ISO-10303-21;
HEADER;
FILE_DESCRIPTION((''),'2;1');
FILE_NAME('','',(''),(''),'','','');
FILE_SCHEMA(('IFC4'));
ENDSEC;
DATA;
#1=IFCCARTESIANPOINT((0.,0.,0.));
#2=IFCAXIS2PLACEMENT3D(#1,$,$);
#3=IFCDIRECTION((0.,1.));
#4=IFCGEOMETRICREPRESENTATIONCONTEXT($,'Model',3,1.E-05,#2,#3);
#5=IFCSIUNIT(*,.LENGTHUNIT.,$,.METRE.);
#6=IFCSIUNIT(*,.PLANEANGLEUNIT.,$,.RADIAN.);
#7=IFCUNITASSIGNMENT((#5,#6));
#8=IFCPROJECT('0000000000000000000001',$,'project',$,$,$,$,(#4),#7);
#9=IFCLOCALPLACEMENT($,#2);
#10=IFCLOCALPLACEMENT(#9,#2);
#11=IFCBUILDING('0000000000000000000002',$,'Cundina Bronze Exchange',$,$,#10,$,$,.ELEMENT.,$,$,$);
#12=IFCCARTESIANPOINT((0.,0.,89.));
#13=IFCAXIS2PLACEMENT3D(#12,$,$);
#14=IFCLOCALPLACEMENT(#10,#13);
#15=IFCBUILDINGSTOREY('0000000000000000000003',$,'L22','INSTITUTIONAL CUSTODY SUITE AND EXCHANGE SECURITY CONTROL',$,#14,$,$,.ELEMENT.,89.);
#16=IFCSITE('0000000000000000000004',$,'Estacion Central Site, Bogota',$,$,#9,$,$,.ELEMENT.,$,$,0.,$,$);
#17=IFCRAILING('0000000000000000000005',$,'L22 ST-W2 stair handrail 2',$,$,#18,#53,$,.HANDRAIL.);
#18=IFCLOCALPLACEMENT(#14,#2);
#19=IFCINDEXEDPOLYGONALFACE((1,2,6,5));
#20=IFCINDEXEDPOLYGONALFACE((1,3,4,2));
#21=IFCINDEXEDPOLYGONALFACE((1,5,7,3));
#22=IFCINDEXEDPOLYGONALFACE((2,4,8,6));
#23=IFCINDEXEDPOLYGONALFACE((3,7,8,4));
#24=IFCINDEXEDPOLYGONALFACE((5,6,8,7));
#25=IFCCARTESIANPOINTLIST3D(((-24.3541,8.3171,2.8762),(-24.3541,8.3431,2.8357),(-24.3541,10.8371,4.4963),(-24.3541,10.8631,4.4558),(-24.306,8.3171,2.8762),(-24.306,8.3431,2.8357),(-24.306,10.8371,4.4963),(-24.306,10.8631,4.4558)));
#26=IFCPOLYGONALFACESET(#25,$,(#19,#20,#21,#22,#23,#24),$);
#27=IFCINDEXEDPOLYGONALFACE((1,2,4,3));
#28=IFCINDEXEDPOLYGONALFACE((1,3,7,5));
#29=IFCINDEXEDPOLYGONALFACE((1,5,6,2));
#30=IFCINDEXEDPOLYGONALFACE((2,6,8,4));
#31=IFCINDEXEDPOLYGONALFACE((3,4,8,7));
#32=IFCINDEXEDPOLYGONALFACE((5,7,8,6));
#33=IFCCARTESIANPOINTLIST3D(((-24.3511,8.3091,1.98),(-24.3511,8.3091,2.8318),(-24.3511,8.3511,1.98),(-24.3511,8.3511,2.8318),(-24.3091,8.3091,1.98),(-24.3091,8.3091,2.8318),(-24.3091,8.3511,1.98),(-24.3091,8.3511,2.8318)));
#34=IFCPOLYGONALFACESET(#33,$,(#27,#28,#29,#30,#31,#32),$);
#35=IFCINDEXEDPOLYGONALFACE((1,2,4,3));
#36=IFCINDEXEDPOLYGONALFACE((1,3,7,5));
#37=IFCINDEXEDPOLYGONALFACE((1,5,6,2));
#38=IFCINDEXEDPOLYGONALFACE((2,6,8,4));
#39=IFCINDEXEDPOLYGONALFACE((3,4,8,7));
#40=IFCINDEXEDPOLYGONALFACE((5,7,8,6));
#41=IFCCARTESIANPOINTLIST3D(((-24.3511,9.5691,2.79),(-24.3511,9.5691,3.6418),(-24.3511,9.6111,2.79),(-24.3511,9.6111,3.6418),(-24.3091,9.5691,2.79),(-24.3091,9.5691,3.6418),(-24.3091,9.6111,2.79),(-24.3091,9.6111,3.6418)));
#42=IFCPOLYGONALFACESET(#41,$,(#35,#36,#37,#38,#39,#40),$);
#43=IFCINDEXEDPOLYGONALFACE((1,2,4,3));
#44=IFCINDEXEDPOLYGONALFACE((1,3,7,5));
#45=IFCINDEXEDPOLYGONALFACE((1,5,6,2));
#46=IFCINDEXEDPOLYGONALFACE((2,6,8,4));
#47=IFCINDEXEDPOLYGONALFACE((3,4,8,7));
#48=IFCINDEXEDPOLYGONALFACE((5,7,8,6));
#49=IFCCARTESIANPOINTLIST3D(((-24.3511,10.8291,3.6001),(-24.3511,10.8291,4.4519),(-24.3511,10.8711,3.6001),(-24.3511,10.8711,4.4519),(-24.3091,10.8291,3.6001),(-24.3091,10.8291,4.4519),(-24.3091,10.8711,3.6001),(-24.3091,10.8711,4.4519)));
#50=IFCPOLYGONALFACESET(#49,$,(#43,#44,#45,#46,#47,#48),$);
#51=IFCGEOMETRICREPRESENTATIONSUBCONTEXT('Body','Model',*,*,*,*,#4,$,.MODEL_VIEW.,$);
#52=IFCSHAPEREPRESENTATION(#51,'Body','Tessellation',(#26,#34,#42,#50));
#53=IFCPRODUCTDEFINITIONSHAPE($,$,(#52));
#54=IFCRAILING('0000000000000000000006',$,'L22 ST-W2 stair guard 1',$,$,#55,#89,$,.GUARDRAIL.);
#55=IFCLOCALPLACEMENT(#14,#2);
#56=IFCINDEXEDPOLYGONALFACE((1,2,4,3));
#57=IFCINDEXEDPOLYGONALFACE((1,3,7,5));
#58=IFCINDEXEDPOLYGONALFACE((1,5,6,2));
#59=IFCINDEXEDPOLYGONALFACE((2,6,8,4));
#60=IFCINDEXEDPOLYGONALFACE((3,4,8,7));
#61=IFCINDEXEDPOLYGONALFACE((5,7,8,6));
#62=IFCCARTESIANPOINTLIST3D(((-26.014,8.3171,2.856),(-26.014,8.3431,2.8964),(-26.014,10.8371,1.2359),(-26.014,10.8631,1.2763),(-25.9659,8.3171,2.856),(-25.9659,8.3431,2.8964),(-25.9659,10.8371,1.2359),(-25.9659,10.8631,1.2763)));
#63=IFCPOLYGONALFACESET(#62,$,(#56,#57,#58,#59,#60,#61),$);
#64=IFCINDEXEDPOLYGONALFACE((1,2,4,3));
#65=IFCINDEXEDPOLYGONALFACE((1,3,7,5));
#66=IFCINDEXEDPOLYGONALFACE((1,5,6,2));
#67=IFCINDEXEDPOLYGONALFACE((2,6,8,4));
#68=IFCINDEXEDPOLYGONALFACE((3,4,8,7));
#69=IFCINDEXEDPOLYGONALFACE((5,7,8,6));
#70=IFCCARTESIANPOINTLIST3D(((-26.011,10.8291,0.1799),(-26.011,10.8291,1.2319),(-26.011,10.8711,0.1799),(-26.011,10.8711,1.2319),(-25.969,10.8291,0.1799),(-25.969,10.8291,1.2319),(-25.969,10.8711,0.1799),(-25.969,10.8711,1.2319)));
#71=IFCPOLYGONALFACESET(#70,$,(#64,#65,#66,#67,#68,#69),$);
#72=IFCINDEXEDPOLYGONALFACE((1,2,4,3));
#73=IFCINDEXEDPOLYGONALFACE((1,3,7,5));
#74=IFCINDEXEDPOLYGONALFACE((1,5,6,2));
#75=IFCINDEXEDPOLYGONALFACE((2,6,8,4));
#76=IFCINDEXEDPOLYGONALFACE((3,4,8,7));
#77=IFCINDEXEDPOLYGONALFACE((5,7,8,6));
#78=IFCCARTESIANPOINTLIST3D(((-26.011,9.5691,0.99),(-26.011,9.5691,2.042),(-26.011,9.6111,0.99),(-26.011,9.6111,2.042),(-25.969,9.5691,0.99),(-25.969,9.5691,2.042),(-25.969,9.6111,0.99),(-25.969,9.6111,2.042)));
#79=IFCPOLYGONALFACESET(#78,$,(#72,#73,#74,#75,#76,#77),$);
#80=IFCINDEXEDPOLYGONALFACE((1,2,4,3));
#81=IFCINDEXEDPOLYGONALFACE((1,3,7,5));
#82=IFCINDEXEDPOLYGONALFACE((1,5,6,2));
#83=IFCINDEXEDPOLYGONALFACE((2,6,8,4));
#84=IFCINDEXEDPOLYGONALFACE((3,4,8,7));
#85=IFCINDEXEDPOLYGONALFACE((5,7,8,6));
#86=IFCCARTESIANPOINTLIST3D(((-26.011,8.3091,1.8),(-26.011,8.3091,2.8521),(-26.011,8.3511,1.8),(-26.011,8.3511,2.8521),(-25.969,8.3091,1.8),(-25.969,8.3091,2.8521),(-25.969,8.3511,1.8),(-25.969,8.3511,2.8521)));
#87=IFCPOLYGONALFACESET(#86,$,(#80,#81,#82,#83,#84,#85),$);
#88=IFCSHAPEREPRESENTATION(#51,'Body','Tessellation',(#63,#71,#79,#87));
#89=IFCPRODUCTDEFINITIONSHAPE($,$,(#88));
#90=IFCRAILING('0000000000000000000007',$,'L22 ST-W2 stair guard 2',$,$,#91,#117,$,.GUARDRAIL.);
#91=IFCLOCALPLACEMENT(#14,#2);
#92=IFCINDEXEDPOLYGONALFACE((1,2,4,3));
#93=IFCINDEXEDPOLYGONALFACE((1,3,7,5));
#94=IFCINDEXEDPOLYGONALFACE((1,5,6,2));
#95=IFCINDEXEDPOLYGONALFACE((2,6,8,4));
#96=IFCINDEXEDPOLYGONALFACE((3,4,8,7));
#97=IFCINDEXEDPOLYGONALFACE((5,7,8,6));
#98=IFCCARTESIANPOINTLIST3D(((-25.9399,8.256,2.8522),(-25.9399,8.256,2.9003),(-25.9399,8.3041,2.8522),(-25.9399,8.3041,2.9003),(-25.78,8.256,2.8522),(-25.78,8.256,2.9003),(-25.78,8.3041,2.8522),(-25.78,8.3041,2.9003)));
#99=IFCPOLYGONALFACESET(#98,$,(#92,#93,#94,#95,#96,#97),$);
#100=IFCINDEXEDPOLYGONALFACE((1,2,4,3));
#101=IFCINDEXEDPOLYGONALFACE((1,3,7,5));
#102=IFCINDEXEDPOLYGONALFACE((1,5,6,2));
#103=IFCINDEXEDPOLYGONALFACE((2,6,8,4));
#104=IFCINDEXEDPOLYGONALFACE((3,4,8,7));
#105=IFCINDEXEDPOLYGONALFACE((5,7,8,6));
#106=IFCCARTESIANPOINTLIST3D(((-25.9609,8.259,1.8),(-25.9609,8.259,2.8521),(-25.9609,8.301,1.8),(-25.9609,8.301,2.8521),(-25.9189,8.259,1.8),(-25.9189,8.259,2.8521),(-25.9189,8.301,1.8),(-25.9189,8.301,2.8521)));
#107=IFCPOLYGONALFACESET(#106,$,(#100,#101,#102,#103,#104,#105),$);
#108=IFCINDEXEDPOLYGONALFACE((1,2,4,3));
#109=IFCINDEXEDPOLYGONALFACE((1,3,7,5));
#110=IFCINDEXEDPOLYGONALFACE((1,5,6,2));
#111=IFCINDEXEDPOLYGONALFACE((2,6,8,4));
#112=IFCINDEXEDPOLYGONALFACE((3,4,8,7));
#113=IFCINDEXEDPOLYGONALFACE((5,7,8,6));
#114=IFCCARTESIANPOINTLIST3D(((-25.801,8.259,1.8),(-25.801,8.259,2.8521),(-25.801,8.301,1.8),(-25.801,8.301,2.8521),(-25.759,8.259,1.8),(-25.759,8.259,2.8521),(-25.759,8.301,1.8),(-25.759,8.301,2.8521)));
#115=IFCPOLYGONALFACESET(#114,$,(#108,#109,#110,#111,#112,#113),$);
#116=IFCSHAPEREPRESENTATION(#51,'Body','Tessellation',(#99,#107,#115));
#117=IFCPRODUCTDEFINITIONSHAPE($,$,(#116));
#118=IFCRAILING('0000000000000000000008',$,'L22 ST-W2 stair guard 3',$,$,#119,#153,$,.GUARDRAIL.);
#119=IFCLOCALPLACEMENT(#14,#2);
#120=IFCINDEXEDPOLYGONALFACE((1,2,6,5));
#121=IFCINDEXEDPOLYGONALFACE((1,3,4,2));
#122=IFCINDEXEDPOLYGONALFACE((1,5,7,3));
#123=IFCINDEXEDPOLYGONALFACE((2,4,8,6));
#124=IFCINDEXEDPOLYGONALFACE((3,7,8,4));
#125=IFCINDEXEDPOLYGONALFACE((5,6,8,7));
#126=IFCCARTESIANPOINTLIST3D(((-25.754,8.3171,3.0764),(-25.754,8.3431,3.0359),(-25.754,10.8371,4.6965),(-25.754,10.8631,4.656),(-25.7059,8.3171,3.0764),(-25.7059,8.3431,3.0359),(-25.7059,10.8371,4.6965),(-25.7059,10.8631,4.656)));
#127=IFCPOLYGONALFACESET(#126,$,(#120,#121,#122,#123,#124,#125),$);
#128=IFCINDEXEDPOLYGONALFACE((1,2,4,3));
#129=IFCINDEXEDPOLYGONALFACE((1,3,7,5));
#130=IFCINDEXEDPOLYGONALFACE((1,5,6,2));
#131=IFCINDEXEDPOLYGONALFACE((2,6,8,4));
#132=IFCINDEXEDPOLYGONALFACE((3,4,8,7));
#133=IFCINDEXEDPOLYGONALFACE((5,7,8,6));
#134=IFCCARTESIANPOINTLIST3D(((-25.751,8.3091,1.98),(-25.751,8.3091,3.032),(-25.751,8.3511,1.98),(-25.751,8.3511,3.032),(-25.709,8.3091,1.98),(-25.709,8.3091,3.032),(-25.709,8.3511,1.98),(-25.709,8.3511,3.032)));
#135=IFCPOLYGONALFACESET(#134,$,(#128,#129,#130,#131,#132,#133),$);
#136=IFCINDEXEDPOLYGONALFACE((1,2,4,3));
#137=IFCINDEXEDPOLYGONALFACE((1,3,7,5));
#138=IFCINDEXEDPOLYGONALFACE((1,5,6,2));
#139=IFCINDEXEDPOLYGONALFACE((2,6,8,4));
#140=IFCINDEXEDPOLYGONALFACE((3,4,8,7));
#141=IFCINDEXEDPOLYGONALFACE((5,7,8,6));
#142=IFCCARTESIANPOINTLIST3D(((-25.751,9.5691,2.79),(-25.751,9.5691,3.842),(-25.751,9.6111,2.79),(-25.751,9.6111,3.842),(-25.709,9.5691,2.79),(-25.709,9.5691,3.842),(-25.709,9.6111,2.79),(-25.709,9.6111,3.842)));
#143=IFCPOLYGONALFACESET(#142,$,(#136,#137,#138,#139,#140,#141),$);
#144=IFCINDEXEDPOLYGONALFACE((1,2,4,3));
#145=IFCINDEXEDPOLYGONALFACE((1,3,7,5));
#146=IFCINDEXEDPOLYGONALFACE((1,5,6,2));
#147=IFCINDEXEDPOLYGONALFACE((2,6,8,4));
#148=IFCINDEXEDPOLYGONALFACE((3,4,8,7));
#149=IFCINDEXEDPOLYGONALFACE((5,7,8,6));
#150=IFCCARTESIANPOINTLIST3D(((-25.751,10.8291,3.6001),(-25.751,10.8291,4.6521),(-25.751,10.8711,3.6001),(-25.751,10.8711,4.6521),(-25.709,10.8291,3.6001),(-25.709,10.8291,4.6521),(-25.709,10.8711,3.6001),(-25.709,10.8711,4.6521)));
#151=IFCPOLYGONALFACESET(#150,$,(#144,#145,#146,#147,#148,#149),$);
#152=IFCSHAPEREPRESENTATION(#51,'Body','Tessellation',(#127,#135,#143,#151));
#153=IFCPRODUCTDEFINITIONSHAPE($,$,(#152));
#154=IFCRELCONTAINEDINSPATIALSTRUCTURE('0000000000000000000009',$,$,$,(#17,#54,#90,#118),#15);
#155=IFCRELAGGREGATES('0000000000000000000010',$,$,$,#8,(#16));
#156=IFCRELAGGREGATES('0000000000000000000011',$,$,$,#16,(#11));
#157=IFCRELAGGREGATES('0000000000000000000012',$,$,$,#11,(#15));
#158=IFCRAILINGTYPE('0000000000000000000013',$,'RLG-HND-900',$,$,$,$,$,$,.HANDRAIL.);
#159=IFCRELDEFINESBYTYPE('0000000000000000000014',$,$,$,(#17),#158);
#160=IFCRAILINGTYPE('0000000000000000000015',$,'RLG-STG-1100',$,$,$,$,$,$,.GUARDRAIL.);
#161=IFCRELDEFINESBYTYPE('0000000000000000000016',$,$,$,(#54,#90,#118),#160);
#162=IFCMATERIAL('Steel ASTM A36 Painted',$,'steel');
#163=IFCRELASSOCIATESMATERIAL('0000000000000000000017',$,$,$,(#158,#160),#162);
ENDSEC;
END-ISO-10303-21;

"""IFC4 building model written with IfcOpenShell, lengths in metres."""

from ifc_helpers import new_model, si_unit, direction, frame, origin, origin_2d, place, context, subcontext, project, spatial, rectangle, extrude, material, type_object, element, save


model = new_model("IFC4")

# Units and contexts
model_context = context("Model", 3, precision=1e-05, world=origin(), true_north=direction((0.0, 1.0)))
body_context = subcontext(model_context, "Body", "Model", "MODEL_VIEW")
ifc_project = project(units=[si_unit("LENGTHUNIT", "METRE"), si_unit("PLANEANGLEUNIT", "RADIAN")], contexts=[model_context])

# Site, building, storey
site_placement = place(None, origin())
site = spatial("IfcSite", under=ifc_project, at=site_placement, Name="Estacion Central Site, Bogota", CompositionType="ELEMENT", RefElevation=0.0)
building_placement = place(site_placement, origin())
building = spatial("IfcBuilding", under=site, at=building_placement, Name="Cundina Bronze Exchange", CompositionType="ELEMENT")
storey_placement = place(building_placement, frame((0.0, 0.0, 89.0)))
storey = spatial("IfcBuildingStorey", under=building, at=storey_placement, Name="L22", Description="INSTITUTIONAL CUSTODY SUITE AND EXCHANGE SECURITY CONTROL", CompositionType="ELEMENT", Elevation=89.0)

# Shared definitions
ifc_material_1 = material(Name="Steel ASTM A36 Painted", Category="steel")

# Railings
railing_type_1 = type_object("IfcRailingType", Name="RLG-HND-900", PredefinedType="HANDRAIL", material=ifc_material_1)
railing_1_placement = place(storey_placement, frame((-24.3301, 8.3301, 1.98)))
element("IfcRailing", 1, at=railing_1_placement, inside=storey, type_object=railing_type_1, Name="L22 ST-W2 stair handrail 2", PredefinedType="HANDRAIL", context=body_context, shape_type="SweptSolid", body=[
    extrude(rectangle(XDim=0.0481, YDim=0.0481, at=origin_2d()), frame((0.0, 0.0, 0.876), z_axis=(0.0, 0.841163, 0.540782), x_axis=(-1.0, 0.0, 0.0)), (0.0, 0.0, 1.0), 2.9958),
    extrude(rectangle(XDim=0.042, YDim=0.042, at=origin_2d()), origin(), (0.0, 0.0, 1.0), 0.8518),
    extrude(rectangle(XDim=0.042, YDim=0.042, at=origin_2d()), frame((0.0, 1.26, 0.8101)), (0.0, 0.0, 1.0), 0.8518),
    extrude(rectangle(XDim=0.042, YDim=0.042, at=origin_2d()), frame((0.0, 2.52, 1.6201)), (0.0, 0.0, 1.0), 0.8518),
])
railing_type_2 = type_object("IfcRailingType", Name="RLG-STG-1100", PredefinedType="GUARDRAIL", material=ifc_material_1)
railing_2_placement = place(storey_placement, frame((-25.99, 10.8501, 0.1799)))
element("IfcRailing", 2, at=railing_2_placement, inside=storey, type_object=railing_type_2, Name="L22 ST-W2 stair guard 1", PredefinedType="GUARDRAIL", context=body_context, shape_type="SweptSolid", body=[
    extrude(rectangle(XDim=0.0481, YDim=0.0481, at=origin_2d()), frame((0.0, 0.0, 1.0762), z_axis=(0.0, -0.841163, 0.540782), x_axis=(1.0, 0.0, 0.0)), (0.0, 0.0, 1.0), 2.9958),
    extrude(rectangle(XDim=0.042, YDim=0.042, at=origin_2d()), origin(), (0.0, 0.0, 1.0), 1.052),
    extrude(rectangle(XDim=0.042, YDim=0.042, at=origin_2d()), frame((0.0, -1.26, 0.8101)), (0.0, 0.0, 1.0), 1.052),
    extrude(rectangle(XDim=0.042, YDim=0.042, at=origin_2d()), frame((0.0, -2.52, 1.6201)), (0.0, 0.0, 1.0), 1.052),
])
railing_3_placement = place(storey_placement, frame((-25.9399, 8.28, 1.8)))
element("IfcRailing", 3, at=railing_3_placement, inside=storey, type_object=railing_type_2, Name="L22 ST-W2 stair guard 2", PredefinedType="GUARDRAIL", context=body_context, shape_type="SweptSolid", body=[
    extrude(rectangle(XDim=0.0481, YDim=0.0481, at=origin_2d()), frame((0.0, 0.0, 1.0762), z_axis=(1.0, 0.0, 0.0), x_axis=(0.0, 1.0, 0.0)), (0.0, 0.0, 1.0), 0.1599),
    extrude(rectangle(XDim=0.042, YDim=0.042, at=origin_2d()), origin(), (0.0, 0.0, 1.0), 1.052),
    extrude(rectangle(XDim=0.042, YDim=0.042, at=origin_2d()), frame((0.1599, 0.0, 0.0)), (0.0, 0.0, 1.0), 1.052),
])
railing_4_placement = place(storey_placement, frame((-25.73, 8.3301, 1.98)))
element("IfcRailing", 4, at=railing_4_placement, inside=storey, type_object=railing_type_2, Name="L22 ST-W2 stair guard 3", PredefinedType="GUARDRAIL", context=body_context, shape_type="SweptSolid", body=[
    extrude(rectangle(XDim=0.0481, YDim=0.0481, at=origin_2d()), frame((0.0, 0.0, 1.0762), z_axis=(0.0, 0.841163, 0.540782), x_axis=(-1.0, 0.0, 0.0)), (0.0, 0.0, 1.0), 2.9958),
    extrude(rectangle(XDim=0.042, YDim=0.042, at=origin_2d()), origin(), (0.0, 0.0, 1.0), 1.052),
    extrude(rectangle(XDim=0.042, YDim=0.042, at=origin_2d()), frame((0.0, 1.26, 0.8101)), (0.0, 0.0, 1.0), 1.052),
    extrude(rectangle(XDim=0.042, YDim=0.042, at=origin_2d()), frame((0.0, 2.52, 1.6201)), (0.0, 0.0, 1.0), 1.052),
])

save(model, "model.ifc")
